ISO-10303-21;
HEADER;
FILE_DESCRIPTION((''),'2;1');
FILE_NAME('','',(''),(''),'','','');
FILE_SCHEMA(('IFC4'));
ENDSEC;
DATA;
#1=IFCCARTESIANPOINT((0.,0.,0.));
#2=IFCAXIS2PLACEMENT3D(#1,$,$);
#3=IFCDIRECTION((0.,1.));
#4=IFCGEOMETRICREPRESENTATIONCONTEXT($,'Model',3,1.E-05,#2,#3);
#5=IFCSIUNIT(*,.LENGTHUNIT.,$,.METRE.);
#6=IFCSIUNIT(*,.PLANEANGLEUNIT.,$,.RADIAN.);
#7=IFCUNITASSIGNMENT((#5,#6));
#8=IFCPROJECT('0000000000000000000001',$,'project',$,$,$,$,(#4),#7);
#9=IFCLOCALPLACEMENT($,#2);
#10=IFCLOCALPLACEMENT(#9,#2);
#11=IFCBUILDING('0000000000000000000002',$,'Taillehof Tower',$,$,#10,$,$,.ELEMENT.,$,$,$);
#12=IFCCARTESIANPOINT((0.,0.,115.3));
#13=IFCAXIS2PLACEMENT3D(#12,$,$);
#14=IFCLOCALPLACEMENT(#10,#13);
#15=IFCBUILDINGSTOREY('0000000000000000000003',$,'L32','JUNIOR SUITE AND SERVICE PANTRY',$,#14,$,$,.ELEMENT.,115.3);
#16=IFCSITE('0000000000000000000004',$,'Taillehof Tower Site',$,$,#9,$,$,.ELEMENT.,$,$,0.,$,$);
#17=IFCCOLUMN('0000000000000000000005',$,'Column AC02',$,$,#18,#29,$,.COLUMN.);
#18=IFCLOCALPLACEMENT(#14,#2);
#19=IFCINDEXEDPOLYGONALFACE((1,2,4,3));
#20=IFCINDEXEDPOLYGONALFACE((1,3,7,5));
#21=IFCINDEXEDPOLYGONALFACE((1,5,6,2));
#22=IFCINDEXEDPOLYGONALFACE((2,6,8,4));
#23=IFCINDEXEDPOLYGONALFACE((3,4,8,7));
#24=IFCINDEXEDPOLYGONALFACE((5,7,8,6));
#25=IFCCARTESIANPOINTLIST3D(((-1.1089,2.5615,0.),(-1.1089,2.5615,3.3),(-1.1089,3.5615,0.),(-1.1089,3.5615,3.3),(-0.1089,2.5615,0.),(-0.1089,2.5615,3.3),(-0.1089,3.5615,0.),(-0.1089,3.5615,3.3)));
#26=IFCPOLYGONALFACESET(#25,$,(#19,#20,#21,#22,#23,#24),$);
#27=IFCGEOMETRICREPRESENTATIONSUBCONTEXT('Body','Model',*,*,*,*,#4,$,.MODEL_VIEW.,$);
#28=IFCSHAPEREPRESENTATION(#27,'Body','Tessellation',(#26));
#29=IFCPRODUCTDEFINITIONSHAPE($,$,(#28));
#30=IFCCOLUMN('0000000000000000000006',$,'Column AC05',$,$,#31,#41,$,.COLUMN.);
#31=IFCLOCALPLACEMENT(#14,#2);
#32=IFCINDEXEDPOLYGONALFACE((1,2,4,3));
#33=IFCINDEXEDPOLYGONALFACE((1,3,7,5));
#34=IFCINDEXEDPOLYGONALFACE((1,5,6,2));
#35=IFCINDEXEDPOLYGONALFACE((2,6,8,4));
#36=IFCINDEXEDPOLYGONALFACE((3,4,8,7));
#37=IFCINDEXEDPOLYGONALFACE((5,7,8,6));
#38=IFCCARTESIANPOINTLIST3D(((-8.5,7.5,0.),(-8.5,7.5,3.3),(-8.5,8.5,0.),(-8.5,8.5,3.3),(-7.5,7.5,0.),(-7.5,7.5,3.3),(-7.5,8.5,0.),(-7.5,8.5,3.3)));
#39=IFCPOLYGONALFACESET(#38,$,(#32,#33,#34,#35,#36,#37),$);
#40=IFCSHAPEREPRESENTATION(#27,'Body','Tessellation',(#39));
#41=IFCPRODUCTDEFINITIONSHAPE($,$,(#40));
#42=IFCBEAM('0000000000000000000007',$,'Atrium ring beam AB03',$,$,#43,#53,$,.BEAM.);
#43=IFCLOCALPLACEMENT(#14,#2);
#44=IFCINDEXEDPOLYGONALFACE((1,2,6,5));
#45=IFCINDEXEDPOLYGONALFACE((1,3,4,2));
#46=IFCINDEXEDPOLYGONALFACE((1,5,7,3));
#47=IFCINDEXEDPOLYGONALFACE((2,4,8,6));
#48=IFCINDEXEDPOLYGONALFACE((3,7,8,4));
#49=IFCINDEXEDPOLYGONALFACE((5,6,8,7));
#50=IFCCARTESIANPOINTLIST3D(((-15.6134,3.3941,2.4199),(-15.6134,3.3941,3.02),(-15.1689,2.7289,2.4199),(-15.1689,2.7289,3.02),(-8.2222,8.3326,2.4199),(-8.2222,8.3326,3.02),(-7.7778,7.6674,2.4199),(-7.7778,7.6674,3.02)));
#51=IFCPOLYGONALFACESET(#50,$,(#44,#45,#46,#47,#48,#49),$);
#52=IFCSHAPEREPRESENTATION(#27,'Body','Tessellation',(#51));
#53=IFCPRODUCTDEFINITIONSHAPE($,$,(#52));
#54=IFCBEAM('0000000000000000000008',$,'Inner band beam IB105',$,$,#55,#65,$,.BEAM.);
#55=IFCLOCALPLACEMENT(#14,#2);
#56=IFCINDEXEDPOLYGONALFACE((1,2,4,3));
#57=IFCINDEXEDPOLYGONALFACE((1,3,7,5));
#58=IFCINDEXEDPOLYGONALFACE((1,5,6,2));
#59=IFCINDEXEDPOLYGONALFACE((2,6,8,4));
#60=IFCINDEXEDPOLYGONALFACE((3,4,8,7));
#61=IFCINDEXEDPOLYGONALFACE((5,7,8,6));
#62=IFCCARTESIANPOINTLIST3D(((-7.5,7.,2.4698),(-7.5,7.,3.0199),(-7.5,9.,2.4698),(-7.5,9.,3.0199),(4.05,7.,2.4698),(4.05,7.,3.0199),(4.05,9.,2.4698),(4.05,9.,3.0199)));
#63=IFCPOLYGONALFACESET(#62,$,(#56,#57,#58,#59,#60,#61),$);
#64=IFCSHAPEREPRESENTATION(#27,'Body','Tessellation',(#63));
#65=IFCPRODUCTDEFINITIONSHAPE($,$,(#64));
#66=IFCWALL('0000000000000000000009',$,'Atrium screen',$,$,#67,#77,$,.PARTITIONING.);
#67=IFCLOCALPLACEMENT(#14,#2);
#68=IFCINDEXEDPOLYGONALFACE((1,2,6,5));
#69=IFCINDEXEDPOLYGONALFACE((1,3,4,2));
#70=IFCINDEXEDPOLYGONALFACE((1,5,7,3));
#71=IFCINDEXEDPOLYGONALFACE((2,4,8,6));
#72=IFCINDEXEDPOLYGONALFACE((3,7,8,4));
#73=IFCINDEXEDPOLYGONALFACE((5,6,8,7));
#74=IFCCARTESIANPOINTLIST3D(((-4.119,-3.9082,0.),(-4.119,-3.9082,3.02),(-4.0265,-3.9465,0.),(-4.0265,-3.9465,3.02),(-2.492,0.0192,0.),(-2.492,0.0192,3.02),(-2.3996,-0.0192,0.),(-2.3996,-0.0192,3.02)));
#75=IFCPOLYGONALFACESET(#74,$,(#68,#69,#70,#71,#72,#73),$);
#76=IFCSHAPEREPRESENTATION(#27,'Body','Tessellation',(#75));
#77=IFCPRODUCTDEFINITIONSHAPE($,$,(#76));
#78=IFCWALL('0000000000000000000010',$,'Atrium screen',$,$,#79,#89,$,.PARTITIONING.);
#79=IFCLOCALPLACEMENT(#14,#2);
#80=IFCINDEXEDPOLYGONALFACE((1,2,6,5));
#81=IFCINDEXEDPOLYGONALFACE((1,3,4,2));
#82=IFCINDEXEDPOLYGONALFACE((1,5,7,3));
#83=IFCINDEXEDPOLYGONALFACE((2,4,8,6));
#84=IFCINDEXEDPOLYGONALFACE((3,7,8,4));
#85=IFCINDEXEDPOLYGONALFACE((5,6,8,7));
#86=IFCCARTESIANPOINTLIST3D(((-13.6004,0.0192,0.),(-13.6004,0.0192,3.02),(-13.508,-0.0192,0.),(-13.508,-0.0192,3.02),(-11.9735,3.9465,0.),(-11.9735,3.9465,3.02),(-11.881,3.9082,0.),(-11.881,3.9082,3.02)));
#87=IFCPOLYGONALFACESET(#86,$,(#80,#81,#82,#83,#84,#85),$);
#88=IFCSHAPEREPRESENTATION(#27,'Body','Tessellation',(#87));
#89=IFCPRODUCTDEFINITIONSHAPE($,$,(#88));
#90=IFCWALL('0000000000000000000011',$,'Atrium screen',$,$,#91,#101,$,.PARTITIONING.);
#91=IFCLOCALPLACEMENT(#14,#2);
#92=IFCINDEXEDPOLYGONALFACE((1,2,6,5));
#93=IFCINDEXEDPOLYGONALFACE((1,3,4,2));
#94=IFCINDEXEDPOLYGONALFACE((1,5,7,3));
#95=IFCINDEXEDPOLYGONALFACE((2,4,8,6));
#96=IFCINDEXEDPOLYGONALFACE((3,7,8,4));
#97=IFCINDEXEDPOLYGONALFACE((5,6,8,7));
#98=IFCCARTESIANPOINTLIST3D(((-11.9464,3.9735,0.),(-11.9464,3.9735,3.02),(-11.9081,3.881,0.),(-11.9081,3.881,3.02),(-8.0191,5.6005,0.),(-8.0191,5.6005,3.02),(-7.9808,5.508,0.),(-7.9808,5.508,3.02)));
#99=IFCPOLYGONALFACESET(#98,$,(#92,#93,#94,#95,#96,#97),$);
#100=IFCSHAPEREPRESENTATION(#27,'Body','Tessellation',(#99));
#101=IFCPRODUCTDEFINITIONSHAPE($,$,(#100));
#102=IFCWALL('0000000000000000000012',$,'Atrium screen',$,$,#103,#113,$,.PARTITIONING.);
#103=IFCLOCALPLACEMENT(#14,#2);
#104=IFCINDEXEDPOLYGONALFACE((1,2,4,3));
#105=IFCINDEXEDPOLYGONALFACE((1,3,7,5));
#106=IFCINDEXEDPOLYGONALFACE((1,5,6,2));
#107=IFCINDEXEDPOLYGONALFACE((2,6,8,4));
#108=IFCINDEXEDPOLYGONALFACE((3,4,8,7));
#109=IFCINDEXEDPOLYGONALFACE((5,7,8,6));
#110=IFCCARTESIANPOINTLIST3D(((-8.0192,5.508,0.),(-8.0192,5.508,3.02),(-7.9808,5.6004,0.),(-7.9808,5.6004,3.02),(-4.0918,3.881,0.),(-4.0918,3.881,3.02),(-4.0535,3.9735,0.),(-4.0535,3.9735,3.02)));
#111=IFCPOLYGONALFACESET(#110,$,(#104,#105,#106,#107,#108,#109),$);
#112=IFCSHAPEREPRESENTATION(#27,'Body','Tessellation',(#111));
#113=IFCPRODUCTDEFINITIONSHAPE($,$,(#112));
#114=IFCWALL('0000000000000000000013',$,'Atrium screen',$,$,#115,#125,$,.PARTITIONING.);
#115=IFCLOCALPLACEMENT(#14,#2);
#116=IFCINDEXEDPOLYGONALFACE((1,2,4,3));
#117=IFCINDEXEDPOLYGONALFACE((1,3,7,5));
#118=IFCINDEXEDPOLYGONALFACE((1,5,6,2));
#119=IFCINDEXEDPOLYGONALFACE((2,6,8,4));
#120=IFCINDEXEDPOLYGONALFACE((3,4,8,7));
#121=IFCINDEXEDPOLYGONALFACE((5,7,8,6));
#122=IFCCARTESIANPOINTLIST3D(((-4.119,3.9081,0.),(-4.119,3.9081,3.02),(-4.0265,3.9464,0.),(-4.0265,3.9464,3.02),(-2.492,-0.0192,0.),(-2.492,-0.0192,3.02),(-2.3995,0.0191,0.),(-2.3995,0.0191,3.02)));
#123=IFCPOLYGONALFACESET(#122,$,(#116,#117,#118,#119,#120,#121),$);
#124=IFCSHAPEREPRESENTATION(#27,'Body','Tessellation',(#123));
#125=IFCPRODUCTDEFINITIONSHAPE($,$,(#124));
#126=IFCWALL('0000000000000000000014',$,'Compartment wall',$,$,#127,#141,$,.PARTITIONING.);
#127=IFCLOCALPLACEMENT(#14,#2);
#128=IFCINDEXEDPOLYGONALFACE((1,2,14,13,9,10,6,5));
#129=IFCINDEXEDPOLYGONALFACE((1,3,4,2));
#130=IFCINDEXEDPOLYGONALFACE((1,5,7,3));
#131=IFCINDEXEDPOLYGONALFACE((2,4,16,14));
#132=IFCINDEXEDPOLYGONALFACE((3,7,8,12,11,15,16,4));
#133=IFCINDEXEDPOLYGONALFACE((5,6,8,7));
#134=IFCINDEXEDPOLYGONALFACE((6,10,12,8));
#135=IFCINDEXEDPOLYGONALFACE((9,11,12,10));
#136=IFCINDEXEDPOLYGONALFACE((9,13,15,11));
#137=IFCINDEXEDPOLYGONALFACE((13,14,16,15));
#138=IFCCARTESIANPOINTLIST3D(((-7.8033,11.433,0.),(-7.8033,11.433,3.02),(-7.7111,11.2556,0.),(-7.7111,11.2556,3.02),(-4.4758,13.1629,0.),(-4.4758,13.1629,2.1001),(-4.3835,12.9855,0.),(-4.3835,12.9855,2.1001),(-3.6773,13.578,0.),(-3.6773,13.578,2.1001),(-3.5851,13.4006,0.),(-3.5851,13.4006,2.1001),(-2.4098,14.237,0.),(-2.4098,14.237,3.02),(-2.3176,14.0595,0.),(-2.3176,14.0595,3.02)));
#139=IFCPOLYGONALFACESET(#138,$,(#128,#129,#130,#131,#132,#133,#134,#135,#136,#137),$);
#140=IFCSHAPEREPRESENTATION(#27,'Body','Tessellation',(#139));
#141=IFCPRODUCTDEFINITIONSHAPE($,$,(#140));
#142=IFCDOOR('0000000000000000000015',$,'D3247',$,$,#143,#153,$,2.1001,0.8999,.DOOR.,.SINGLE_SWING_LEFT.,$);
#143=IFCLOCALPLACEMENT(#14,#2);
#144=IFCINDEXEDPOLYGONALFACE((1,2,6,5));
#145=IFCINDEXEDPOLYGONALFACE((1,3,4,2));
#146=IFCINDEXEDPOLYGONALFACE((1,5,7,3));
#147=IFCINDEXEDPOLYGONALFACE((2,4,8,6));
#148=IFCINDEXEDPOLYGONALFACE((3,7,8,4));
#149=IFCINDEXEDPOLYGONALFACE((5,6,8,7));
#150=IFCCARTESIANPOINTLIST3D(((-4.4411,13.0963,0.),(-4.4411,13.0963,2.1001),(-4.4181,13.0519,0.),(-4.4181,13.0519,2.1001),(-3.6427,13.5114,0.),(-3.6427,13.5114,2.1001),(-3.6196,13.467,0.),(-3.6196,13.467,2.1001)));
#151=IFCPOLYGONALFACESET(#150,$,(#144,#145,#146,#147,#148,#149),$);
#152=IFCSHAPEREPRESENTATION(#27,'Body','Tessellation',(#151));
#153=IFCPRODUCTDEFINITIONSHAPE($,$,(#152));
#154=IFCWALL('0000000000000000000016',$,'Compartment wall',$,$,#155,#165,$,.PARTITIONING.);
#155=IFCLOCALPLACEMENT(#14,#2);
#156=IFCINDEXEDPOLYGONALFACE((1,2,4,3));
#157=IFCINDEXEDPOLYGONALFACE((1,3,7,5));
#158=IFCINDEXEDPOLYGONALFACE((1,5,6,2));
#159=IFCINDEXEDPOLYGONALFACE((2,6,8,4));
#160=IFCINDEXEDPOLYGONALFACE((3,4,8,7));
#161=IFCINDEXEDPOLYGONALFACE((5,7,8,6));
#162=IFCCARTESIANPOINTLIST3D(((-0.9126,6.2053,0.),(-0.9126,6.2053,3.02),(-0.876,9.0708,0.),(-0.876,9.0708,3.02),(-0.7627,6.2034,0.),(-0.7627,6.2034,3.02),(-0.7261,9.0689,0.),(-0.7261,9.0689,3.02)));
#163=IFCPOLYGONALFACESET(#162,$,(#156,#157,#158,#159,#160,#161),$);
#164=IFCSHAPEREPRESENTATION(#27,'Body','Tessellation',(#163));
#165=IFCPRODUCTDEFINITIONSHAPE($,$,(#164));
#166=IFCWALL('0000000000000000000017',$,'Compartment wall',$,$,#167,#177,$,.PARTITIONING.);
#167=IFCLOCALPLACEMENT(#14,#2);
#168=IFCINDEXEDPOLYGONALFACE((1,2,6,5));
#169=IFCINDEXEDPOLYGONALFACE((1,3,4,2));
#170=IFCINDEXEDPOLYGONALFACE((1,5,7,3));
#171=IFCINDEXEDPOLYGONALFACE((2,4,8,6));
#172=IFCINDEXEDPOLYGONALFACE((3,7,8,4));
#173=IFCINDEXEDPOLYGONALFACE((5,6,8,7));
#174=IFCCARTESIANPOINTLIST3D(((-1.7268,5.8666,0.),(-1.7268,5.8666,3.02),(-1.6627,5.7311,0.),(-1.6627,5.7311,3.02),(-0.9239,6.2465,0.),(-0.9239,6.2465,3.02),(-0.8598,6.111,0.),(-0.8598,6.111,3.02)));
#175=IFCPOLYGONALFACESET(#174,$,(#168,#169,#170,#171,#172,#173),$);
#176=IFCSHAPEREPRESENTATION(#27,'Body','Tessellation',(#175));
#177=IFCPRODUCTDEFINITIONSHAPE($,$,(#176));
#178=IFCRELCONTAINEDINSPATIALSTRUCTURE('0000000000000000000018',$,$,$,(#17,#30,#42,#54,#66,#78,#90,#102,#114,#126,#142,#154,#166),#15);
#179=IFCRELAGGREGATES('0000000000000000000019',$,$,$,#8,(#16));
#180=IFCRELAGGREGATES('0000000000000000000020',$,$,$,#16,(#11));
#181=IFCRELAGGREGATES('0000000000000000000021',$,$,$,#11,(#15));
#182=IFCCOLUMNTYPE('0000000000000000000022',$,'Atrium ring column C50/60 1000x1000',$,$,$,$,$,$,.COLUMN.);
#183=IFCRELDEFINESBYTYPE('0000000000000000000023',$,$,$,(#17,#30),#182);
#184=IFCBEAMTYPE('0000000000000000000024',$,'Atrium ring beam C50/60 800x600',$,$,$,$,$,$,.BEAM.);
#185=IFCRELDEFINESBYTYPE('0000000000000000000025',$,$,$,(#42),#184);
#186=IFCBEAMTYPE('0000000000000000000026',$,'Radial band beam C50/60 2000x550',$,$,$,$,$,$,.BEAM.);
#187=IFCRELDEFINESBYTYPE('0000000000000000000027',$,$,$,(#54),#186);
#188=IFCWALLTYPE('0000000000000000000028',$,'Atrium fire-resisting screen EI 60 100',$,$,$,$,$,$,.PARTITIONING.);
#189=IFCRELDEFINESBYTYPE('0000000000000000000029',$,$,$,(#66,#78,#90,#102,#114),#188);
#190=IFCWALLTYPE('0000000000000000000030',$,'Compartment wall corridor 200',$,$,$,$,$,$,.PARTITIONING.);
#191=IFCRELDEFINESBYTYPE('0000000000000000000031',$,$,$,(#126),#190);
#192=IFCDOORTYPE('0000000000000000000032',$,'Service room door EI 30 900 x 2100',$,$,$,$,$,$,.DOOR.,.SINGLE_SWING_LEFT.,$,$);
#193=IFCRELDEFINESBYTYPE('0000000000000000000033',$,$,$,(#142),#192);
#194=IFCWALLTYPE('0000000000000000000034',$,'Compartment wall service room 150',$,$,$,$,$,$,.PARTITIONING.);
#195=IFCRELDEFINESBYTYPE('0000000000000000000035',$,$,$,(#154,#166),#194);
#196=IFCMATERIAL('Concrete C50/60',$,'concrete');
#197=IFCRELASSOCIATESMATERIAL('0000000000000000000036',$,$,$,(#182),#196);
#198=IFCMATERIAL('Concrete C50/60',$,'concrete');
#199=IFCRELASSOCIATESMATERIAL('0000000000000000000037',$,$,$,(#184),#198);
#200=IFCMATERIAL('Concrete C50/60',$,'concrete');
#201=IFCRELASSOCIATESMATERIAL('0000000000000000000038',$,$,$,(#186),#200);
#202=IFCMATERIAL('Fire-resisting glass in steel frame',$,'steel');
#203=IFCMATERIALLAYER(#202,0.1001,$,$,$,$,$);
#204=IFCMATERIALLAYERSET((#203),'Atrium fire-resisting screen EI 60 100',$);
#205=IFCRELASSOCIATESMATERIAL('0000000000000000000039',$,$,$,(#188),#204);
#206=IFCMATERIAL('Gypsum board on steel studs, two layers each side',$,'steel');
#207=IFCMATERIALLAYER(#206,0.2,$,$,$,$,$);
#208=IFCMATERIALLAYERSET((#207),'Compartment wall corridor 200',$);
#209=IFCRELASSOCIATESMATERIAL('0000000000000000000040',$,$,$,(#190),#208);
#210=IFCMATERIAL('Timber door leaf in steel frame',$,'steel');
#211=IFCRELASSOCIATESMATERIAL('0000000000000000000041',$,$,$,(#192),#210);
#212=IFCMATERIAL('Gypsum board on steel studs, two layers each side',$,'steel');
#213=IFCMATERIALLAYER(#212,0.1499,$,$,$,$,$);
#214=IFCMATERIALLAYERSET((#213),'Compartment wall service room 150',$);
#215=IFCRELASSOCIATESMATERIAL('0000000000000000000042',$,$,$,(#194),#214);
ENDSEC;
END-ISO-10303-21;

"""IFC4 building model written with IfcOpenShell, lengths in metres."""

from ifc_helpers import new_model, si_unit, direction, frame, frame_2d, origin, origin_2d, place, context, subcontext, project, spatial, rectangle, extrude, material, layer, layer_set, material_profile, profile_set, type_object, element, fill, save


model = new_model("IFC4")

# Units and contexts
model_context = context("Model", 3, precision=1e-05, world=origin(), true_north=direction((0.0, 1.0)))
body_context = subcontext(model_context, "Body", "Model", "MODEL_VIEW")
ifc_project = project(units=[si_unit("LENGTHUNIT", "METRE"), si_unit("PLANEANGLEUNIT", "RADIAN")], contexts=[model_context])

# Site, building, storey
site_placement = place(None, origin())
site = spatial("IfcSite", under=ifc_project, at=site_placement, Name="Taillehof Tower Site", CompositionType="ELEMENT", RefElevation=0.0)
building_placement = place(site_placement, origin())
building = spatial("IfcBuilding", under=site, at=building_placement, Name="Taillehof Tower", CompositionType="ELEMENT")
storey_placement = place(building_placement, frame((0.0, 0.0, 115.3)))
storey = spatial("IfcBuildingStorey", under=building, at=storey_placement, Name="L32", Description="JUNIOR SUITE AND SERVICE PANTRY", CompositionType="ELEMENT", Elevation=115.3)

# Columns
ifc_material_1 = material(Name="Concrete C50/60", Category="concrete")
ifc_material_profile_1 = material_profile(ifc_material_1, rectangle(XDim=1.0, YDim=1.0, at=origin_2d()), Name="RC 1000x1000")
ifc_profile_set_1 = profile_set([ifc_material_profile_1], Name="Concrete C50/60")
column_type = type_object("IfcColumnType", Name="Atrium ring column C50/60 1000x1000", PredefinedType="COLUMN", material=ifc_profile_set_1)
for number, where, z_axis, x_axis, name in (
    (1, (-0.6089, 3.0615, 0.0), (0.0, 0.0, 1.0), (1.0, 0.0, 0.0), "Column AC02"),
    (2, (-8.0, 8.0, 0.0), (0.0, 0.0, 1.0), (1.0, 0.0, 0.0), "Column AC05"),
):
    element("IfcColumn", number, at=place(storey_placement, frame(where, z_axis=z_axis, x_axis=x_axis)), inside=storey, type_object=column_type, Name=name, PredefinedType="COLUMN", context=body_context, shape_type="SweptSolid", body=[
        extrude(rectangle(XDim=1.0, YDim=1.0, at=origin_2d()), origin(), (0.0, 0.0, 1.0), 3.3),
    ])

# Beams
ifc_material_2 = material(Name="Concrete C50/60", Category="concrete")
ifc_material_profile_2 = material_profile(ifc_material_2, rectangle(XDim=0.8, YDim=0.6001, at=origin_2d()), Name="RC 800x600")
ifc_profile_set_2 = profile_set([ifc_material_profile_2], Name="Concrete C50/60")
beam_type_1 = type_object("IfcBeamType", Name="Atrium ring beam C50/60 800x600", PredefinedType="BEAM", material=ifc_profile_set_2)
beam_1_placement = place(storey_placement, frame((-8.0, 8.0, 2.72), z_axis=(-0.831475, -0.555562, 0.0), x_axis=(0.555562, -0.831475, 0.0)))
element("IfcBeam", 3, at=beam_1_placement, inside=storey, type_object=beam_type_1, Name="Atrium ring beam AB03", PredefinedType="BEAM", context=body_context, shape_type="SweptSolid", body=[
    extrude(rectangle(XDim=0.8, YDim=0.6001, at=origin_2d()), origin(), (0.0, 0.0, 1.0), 8.8892),
])
ifc_material_3 = material(Name="Concrete C50/60", Category="concrete")
ifc_material_profile_3 = material_profile(ifc_material_3, rectangle(XDim=2.0, YDim=0.55, at=origin_2d()), Name="RC 2000x550")
ifc_profile_set_3 = profile_set([ifc_material_profile_3], Name="Concrete C50/60")
beam_type_2 = type_object("IfcBeamType", Name="Radial band beam C50/60 2000x550", PredefinedType="BEAM", material=ifc_profile_set_3)
beam_2_placement = place(storey_placement, frame((-7.5, 8.0, 2.7449), z_axis=(1.0, 0.0, 0.0), x_axis=(0.0, 1.0, 0.0)))
element("IfcBeam", 4, at=beam_2_placement, inside=storey, type_object=beam_type_2, Name="Inner band beam IB105", PredefinedType="BEAM", context=body_context, shape_type="SweptSolid", body=[
    extrude(rectangle(XDim=2.0, YDim=0.55, at=origin_2d()), origin(), (0.0, 0.0, 1.0), 11.55),
])

# Walls
ifc_material_4 = material(Name="Fire-resisting glass in steel frame", Category="steel")
ifc_layer_1 = layer(ifc_material_4, 0.1001)
ifc_layer_set_1 = layer_set([ifc_layer_1], Name="Atrium fire-resisting screen EI 60 100")
wall_type_1 = type_object("IfcWallType", Name="Atrium fire-resisting screen EI 60 100", PredefinedType="PARTITIONING", material=ifc_layer_set_1)
for number, where, z_axis, x_axis, name in (
    (5, (-2.4458, 0.0, 0.0), (0.0, 0.0, 1.0), (-0.382731, -0.92386, 0.0), "Atrium screen"),
    (6, (-13.5542, 0.0, 0.0), (0.0, 0.0, 1.0), (0.382731, 0.92386, 0.0), "Atrium screen"),
    (7, (-11.9272, 3.9272, 0.0), (0.0, 0.0, 1.0), (0.92386, 0.382731, 0.0), "Atrium screen"),
    (8, (-8.0, 5.5542, 0.0), (0.0, 0.0, 1.0), (0.92386, -0.382731, 0.0), "Atrium screen"),
    (9, (-4.0728, 3.9272, 0.0), (0.0, 0.0, 1.0), (0.382731, -0.92386, 0.0), "Atrium screen"),
):
    element("IfcWall", number, at=place(storey_placement, frame(where, z_axis=z_axis, x_axis=x_axis)), inside=storey, type_object=wall_type_1, Name=name, PredefinedType="PARTITIONING", context=body_context, shape_type="SweptSolid", body=[
        extrude(rectangle(XDim=4.251, YDim=0.1001, at=frame_2d((2.1255, 0.0))), origin(), (0.0, 0.0, 1.0), 3.02),
    ])

# Wall, opening, door
ifc_material_5 = material(Name="Gypsum board on steel studs, two layers each side", Category="steel")
ifc_layer_2 = layer(ifc_material_5, 0.2)
ifc_layer_set_2 = layer_set([ifc_layer_2], Name="Compartment wall corridor 200")
wall_type_2 = type_object("IfcWallType", Name="Compartment wall corridor 200", PredefinedType="PARTITIONING", material=ifc_layer_set_2)
wall_1_placement = place(storey_placement, frame((-7.7573, 11.3442, 0.0), z_axis=(0.0, 0.0, 1.0), x_axis=(0.887263, 0.461263, 0.0)))
wall_1 = element("IfcWall", 10, at=wall_1_placement, inside=storey, type_object=wall_type_2, Name="Compartment wall", PredefinedType="PARTITIONING", context=body_context, shape_type="SweptSolid", body=[
    extrude(rectangle(XDim=6.0789, YDim=0.2, at=frame_2d((3.0396, 0.0))), origin(), (0.0, 0.0, 1.0), 3.02),
])
opening_1_placement = place(wall_1_placement, frame((3.7505, 0.0, 0.0)))
opening_1 = element("IfcOpeningElement", 11, at=opening_1_placement, cuts=wall_1, PredefinedType="OPENING", context=body_context, shape_type="SweptSolid", body=[
    extrude(rectangle(XDim=0.8999, YDim=2.1001, at=frame_2d((0.45, 1.05))), frame((0.0, 0.1099, 0.0), z_axis=(0.0, -1.0, 0.0), x_axis=(1.0, 0.0, 0.0)), (0.0, 0.0, 1.0), 0.22),
])
ifc_material_6 = material(Name="Timber door leaf in steel frame", Category="steel")
door_type_1 = type_object("IfcDoorType", Name="Service room door EI 30 900 x 2100", OperationType="SINGLE_SWING_LEFT", PredefinedType="DOOR", material=ifc_material_6)
door_1_placement = place(opening_1_placement, origin())
door_1 = element("IfcDoor", 12, at=door_1_placement, inside=storey, type_object=door_type_1, Name="D3247", OperationType="SINGLE_SWING_LEFT", OverallHeight=2.1001, OverallWidth=0.8999, PredefinedType="DOOR", context=body_context, shape_type="SweptSolid", body=[
    extrude(rectangle(XDim=0.8999, YDim=2.1001, at=frame_2d((0.45, 1.05))), frame((0.0, 0.0249, 0.0), z_axis=(0.0, -1.0, 0.0), x_axis=(1.0, 0.0, 0.0)), (0.0, 0.0, 1.0), 0.05),
])
fill(opening_1, door_1)

# Walls
ifc_material_7 = material(Name="Gypsum board on steel studs, two layers each side", Category="steel")
ifc_layer_3 = layer(ifc_material_7, 0.1499)
ifc_layer_set_3 = layer_set([ifc_layer_3], Name="Compartment wall service room 150")
wall_type_3 = type_object("IfcWallType", Name="Compartment wall service room 150", PredefinedType="PARTITIONING", material=ifc_layer_set_3)
wall_2_placement = place(storey_placement, frame((-0.801, 9.0698, 0.0), z_axis=(0.0, 0.0, 1.0), x_axis=(-0.012779, -0.999918, 0.0)))
element("IfcWall", 13, at=wall_2_placement, inside=storey, type_object=wall_type_3, Name="Compartment wall", PredefinedType="PARTITIONING", context=body_context, shape_type="SweptSolid", body=[
    extrude(rectangle(XDim=2.8657, YDim=0.1499, at=frame_2d((1.4329, 0.0))), origin(), (0.0, 0.0, 1.0), 3.02),
])
wall_3_placement = place(storey_placement, frame((-0.8918, 6.1787, 0.0), z_axis=(0.0, 0.0, 1.0), x_axis=(-0.903945, -0.427649, 0.0)))
element("IfcWall", 14, at=wall_3_placement, inside=storey, type_object=wall_type_3, Name="Compartment wall", PredefinedType="PARTITIONING", context=body_context, shape_type="SweptSolid", body=[
    extrude(rectangle(XDim=0.8882, YDim=0.1499, at=frame_2d((0.4441, 0.0))), origin(), (0.0, 0.0, 1.0), 3.02),
])

save(model, "model.ifc")
